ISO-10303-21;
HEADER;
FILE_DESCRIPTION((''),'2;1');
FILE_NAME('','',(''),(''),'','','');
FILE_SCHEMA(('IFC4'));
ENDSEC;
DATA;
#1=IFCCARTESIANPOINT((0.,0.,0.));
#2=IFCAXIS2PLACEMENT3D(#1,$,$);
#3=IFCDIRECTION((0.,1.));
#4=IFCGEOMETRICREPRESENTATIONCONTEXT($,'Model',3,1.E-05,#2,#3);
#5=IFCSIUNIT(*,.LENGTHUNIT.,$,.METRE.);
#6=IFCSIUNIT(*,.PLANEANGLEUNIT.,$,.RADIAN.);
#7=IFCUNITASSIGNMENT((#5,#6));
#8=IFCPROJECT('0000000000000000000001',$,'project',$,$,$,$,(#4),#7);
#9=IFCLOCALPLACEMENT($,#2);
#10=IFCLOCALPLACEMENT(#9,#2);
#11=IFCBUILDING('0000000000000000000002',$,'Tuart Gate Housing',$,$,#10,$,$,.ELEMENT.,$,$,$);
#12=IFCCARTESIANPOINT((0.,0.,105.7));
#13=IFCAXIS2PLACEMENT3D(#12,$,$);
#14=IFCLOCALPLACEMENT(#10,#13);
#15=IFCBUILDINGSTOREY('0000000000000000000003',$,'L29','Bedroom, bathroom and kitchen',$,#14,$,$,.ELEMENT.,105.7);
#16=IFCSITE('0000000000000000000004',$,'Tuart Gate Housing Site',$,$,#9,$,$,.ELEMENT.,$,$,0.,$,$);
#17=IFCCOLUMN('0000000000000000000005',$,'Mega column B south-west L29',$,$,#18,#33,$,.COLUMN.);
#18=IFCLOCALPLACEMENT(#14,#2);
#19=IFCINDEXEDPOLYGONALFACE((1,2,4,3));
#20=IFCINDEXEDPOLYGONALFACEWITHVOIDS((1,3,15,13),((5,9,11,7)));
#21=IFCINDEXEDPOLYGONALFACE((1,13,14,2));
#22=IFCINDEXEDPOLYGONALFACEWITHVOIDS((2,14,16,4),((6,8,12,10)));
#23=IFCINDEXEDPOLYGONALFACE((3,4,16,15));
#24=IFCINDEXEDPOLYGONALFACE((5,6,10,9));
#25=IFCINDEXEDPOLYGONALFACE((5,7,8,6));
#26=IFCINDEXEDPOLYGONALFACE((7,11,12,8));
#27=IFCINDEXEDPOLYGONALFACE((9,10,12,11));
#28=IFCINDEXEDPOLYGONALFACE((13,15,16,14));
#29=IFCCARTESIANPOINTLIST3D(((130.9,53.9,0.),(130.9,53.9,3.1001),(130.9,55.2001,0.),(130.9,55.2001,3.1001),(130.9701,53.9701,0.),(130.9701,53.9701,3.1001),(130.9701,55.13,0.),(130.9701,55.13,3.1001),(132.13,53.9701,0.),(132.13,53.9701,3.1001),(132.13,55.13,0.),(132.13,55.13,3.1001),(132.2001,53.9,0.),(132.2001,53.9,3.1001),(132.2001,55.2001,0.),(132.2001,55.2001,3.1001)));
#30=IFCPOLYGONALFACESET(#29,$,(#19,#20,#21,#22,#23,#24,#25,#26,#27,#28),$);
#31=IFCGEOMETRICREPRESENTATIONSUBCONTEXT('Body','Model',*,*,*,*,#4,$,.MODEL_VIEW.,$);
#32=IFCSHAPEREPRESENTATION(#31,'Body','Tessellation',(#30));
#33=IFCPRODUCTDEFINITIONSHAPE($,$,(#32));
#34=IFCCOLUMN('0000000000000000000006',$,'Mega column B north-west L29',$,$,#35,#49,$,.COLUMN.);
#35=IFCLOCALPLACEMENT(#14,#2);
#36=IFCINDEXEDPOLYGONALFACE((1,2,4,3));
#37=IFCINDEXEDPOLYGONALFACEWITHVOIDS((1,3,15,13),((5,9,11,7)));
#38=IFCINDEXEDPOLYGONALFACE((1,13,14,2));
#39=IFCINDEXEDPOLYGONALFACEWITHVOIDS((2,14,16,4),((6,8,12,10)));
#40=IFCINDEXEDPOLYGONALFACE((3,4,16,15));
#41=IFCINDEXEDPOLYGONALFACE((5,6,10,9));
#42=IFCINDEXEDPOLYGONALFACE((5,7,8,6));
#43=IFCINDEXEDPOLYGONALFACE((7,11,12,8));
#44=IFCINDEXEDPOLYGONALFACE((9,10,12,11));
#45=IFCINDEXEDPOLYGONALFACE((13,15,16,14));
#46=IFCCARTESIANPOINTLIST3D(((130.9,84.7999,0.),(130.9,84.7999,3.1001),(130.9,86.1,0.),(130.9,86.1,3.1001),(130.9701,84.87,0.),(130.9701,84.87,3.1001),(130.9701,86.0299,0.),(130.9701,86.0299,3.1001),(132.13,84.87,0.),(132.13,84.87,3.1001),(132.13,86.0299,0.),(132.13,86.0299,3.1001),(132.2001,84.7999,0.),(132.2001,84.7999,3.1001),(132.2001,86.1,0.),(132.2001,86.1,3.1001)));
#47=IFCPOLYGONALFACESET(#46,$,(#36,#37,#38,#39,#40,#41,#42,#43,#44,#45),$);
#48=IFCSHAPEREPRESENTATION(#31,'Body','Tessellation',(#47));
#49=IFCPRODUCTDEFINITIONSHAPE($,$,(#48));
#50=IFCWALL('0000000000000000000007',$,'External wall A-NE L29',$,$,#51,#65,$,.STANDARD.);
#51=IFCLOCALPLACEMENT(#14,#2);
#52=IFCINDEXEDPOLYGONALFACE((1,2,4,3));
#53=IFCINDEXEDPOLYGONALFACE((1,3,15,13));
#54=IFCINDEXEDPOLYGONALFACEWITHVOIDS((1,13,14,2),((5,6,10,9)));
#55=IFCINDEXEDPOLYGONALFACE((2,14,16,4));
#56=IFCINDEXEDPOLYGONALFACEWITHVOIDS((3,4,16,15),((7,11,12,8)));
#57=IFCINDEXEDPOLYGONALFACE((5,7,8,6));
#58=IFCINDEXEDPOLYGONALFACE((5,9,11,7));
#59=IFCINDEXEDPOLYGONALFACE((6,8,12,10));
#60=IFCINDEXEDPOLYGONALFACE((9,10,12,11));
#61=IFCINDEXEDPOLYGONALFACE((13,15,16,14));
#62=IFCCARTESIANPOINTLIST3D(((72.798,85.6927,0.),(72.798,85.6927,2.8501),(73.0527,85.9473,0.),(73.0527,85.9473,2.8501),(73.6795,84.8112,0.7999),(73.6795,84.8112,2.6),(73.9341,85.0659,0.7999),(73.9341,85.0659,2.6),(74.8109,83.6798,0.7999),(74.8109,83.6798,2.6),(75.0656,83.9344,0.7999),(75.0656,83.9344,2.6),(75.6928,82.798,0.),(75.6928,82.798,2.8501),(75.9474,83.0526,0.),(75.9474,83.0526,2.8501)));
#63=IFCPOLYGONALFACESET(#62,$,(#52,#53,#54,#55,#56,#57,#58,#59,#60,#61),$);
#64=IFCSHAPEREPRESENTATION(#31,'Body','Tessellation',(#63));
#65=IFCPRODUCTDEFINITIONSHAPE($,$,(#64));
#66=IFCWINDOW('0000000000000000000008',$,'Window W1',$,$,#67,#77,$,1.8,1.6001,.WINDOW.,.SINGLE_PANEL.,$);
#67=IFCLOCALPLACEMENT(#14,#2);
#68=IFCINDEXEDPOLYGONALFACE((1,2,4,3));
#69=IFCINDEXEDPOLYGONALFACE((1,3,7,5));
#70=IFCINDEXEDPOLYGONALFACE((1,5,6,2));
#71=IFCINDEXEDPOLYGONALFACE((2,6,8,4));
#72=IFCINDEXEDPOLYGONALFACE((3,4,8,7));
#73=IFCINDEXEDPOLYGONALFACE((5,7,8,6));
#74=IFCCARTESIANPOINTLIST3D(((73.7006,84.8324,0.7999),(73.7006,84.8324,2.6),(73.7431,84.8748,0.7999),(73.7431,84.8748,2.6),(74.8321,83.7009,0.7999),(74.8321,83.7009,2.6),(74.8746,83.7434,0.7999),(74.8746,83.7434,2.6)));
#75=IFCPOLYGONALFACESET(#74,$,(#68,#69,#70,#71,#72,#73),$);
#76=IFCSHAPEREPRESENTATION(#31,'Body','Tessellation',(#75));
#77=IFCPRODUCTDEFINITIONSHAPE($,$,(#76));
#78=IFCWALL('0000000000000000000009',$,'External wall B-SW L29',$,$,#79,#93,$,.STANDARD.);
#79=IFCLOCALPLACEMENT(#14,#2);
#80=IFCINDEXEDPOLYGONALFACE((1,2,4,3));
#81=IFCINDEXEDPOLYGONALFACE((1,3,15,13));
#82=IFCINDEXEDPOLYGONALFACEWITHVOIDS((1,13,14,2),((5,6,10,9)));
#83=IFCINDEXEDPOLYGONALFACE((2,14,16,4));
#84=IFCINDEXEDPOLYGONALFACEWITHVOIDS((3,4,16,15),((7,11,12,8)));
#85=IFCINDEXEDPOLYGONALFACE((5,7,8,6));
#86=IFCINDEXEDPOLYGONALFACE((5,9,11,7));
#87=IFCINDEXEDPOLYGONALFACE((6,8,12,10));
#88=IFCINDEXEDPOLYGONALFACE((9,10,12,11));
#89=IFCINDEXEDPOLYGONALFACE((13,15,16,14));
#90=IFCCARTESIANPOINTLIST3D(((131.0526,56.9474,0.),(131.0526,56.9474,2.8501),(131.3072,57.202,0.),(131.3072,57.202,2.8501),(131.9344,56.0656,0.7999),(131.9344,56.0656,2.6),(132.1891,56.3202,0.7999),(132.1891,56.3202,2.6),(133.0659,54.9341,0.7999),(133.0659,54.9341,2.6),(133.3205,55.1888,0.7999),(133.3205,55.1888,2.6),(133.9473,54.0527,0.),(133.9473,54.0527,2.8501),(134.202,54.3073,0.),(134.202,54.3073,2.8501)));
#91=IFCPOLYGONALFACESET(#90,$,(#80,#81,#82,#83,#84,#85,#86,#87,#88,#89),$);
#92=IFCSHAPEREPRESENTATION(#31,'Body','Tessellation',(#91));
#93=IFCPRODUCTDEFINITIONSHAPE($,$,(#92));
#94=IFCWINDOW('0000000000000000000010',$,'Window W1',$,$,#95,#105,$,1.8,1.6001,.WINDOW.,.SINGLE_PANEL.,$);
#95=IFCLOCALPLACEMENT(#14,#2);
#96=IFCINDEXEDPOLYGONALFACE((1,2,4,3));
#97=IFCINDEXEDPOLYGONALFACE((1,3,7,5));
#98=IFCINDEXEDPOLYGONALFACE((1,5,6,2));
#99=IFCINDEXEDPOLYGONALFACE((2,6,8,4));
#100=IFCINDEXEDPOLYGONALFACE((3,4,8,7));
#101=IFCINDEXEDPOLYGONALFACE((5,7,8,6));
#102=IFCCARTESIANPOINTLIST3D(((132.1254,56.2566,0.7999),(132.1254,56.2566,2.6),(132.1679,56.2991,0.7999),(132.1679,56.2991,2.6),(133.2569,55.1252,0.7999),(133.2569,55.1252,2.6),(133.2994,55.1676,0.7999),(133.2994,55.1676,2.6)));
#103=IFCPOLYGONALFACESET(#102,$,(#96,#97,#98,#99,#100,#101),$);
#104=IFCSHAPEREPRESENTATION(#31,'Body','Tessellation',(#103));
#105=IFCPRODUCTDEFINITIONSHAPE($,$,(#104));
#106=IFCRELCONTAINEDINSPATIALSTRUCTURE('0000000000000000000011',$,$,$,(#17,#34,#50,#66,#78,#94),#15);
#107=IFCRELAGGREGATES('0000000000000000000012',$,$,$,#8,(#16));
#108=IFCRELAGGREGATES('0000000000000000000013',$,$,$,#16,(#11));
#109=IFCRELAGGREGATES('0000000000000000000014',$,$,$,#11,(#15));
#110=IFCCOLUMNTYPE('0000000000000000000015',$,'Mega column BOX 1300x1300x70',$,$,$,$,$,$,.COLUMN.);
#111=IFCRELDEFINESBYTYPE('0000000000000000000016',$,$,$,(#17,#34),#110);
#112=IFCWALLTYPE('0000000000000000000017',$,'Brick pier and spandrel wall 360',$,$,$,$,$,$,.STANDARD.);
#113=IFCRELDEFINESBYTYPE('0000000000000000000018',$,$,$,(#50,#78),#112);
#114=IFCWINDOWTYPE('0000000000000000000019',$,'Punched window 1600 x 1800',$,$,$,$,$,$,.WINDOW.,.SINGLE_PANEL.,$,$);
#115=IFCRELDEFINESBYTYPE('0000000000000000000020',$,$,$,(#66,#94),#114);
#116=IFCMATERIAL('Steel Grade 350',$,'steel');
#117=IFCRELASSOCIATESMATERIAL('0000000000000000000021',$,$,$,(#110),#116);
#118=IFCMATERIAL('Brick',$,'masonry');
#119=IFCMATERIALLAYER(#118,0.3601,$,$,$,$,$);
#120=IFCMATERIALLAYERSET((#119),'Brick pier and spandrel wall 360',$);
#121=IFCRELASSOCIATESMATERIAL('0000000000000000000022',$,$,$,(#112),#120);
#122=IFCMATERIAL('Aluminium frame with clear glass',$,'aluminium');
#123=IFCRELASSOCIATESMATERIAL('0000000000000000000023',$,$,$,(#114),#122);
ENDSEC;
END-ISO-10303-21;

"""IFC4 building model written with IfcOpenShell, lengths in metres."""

from ifc_helpers import new_model, si_unit, direction, frame, frame_2d, origin, origin_2d, place, context, subcontext, project, spatial, rectangle, hollow_rectangle, extrude, material, layer, layer_set, material_profile, profile_set, type_object, element, fill, save


model = new_model("IFC4")

# Units and contexts
model_context = context("Model", 3, precision=1e-05, world=origin(), true_north=direction((0.0, 1.0)))
body_context = subcontext(model_context, "Body", "Model", "MODEL_VIEW")
ifc_project = project(units=[si_unit("LENGTHUNIT", "METRE"), si_unit("PLANEANGLEUNIT", "RADIAN")], contexts=[model_context])

# Site, building, storey
site_placement = place(None, origin())
site = spatial("IfcSite", under=ifc_project, at=site_placement, Name="Tuart Gate Housing Site", CompositionType="ELEMENT", RefElevation=0.0)
building_placement = place(site_placement, origin())
building = spatial("IfcBuilding", under=site, at=building_placement, Name="Tuart Gate Housing", CompositionType="ELEMENT")
storey_placement = place(building_placement, frame((0.0, 0.0, 105.7)))
storey = spatial("IfcBuildingStorey", under=building, at=storey_placement, Name="L29", Description="Bedroom, bathroom and kitchen", CompositionType="ELEMENT", Elevation=105.7)

# Columns
ifc_material_1 = material(Name="Steel Grade 350", Category="steel")
ifc_material_profile = material_profile(ifc_material_1, hollow_rectangle(XDim=1.3, YDim=1.3, WallThickness=0.0701, at=origin_2d()), Name="BOX 1300x1300x70")
ifc_profile_set = profile_set([ifc_material_profile], Name="Steel Grade 350")
column_type = type_object("IfcColumnType", Name="Mega column BOX 1300x1300x70", PredefinedType="COLUMN", material=ifc_profile_set)
for number, where, z_axis, x_axis, name in (
    (1, (131.55, 54.55, 0.0), (0.0, 0.0, 1.0), (1.0, 0.0, 0.0), "Mega column B south-west L29"),
    (2, (131.55, 85.45, 0.0), (0.0, 0.0, 1.0), (1.0, 0.0, 0.0), "Mega column B north-west L29"),
):
    element("IfcColumn", number, at=place(storey_placement, frame(where, z_axis=z_axis, x_axis=x_axis)), inside=storey, type_object=column_type, Name=name, PredefinedType="COLUMN", context=body_context, shape_type="SweptSolid", body=[
        extrude(hollow_rectangle(XDim=1.3, YDim=1.3, WallThickness=0.0701, at=origin_2d()), origin(), (0.0, 0.0, 1.0), 3.1001),
    ])

# Walls, openings, windows
ifc_material_2 = material(Name="Brick", Category="masonry")
ifc_layer_1 = layer(ifc_material_2, 0.3601)
ifc_layer_set_1 = layer_set([ifc_layer_1], Name="Brick pier and spandrel wall 360")
wall_type_1 = type_object("IfcWallType", Name="Brick pier and spandrel wall 360", PredefinedType="STANDARD", material=ifc_layer_set_1)
wall_1_placement = place(storey_placement, frame((75.8201, 82.9253, 0.0), z_axis=(0.0, 0.0, 1.0), x_axis=(-0.707107, 0.707107, 0.0)))
wall_1 = element("IfcWall", 3, at=wall_1_placement, inside=storey, type_object=wall_type_1, Name="External wall A-NE L29", PredefinedType="STANDARD", context=body_context, shape_type="SweptSolid", body=[
    extrude(rectangle(XDim=4.0938, YDim=0.3601, at=frame_2d((2.0469, 0.0))), origin(), (0.0, 0.0, 1.0), 2.8501),
])
opening_1_placement = place(wall_1_placement, frame((1.2471, 0.0, 0.8)))
opening_1 = element("IfcOpeningElement", 4, at=opening_1_placement, cuts=wall_1, PredefinedType="OPENING", context=body_context, shape_type="SweptSolid", body=[
    extrude(rectangle(XDim=1.6001, YDim=1.8, at=frame_2d((0.8, 0.8999))), frame((0.0, 0.1899, 0.0), z_axis=(0.0, -1.0, 0.0), x_axis=(1.0, 0.0, 0.0)), (0.0, 0.0, 1.0), 0.3801),
])
ifc_material_3 = material(Name="Aluminium frame with clear glass", Category="aluminium")
window_type = type_object("IfcWindowType", Name="Punched window 1600 x 1800", PartitioningType="SINGLE_PANEL", PredefinedType="WINDOW", material=ifc_material_3)
window_1_placement = place(opening_1_placement, origin())
window_1 = element("IfcWindow", 5, at=window_1_placement, inside=storey, type_object=window_type, Name="Window W1", OverallHeight=1.8, OverallWidth=1.6001, PartitioningType="SINGLE_PANEL", PredefinedType="WINDOW", context=body_context, shape_type="SweptSolid", body=[
    extrude(rectangle(XDim=1.6001, YDim=1.8, at=frame_2d((0.8, 0.8999))), frame((0.0, 0.1501, 0.0), z_axis=(0.0, -1.0, 0.0), x_axis=(1.0, 0.0, 0.0)), (0.0, 0.0, 1.0), 0.0601),
])
fill(opening_1, window_1)
wall_2_placement = place(storey_placement, frame((131.1799, 57.0747, 0.0), z_axis=(0.0, 0.0, 1.0), x_axis=(0.707107, -0.707107, 0.0)))
wall_2 = element("IfcWall", 6, at=wall_2_placement, inside=storey, type_object=wall_type_1, Name="External wall B-SW L29", PredefinedType="STANDARD", context=body_context, shape_type="SweptSolid", body=[
    extrude(rectangle(XDim=4.0938, YDim=0.3601, at=frame_2d((2.0469, 0.0))), origin(), (0.0, 0.0, 1.0), 2.8501),
])
opening_2_placement = place(wall_2_placement, frame((1.2471, 0.0, 0.8)))
opening_2 = element("IfcOpeningElement", 7, at=opening_2_placement, cuts=wall_2, PredefinedType="OPENING", context=body_context, shape_type="SweptSolid", body=[
    extrude(rectangle(XDim=1.6001, YDim=1.8, at=frame_2d((0.8, 0.8999))), frame((0.0, 0.1899, 0.0), z_axis=(0.0, -1.0, 0.0), x_axis=(1.0, 0.0, 0.0)), (0.0, 0.0, 1.0), 0.3801),
])
window_2_placement = place(opening_2_placement, origin())
window_2 = element("IfcWindow", 8, at=window_2_placement, inside=storey, type_object=window_type, Name="Window W1", OverallHeight=1.8, OverallWidth=1.6001, PartitioningType="SINGLE_PANEL", PredefinedType="WINDOW", context=body_context, shape_type="SweptSolid", body=[
    extrude(rectangle(XDim=1.6001, YDim=1.8, at=frame_2d((0.8, 0.8999))), frame((0.0, 0.1501, 0.0), z_axis=(0.0, -1.0, 0.0), x_axis=(1.0, 0.0, 0.0)), (0.0, 0.0, 1.0), 0.0601),
])
fill(opening_2, window_2)

save(model, "model.ifc")
